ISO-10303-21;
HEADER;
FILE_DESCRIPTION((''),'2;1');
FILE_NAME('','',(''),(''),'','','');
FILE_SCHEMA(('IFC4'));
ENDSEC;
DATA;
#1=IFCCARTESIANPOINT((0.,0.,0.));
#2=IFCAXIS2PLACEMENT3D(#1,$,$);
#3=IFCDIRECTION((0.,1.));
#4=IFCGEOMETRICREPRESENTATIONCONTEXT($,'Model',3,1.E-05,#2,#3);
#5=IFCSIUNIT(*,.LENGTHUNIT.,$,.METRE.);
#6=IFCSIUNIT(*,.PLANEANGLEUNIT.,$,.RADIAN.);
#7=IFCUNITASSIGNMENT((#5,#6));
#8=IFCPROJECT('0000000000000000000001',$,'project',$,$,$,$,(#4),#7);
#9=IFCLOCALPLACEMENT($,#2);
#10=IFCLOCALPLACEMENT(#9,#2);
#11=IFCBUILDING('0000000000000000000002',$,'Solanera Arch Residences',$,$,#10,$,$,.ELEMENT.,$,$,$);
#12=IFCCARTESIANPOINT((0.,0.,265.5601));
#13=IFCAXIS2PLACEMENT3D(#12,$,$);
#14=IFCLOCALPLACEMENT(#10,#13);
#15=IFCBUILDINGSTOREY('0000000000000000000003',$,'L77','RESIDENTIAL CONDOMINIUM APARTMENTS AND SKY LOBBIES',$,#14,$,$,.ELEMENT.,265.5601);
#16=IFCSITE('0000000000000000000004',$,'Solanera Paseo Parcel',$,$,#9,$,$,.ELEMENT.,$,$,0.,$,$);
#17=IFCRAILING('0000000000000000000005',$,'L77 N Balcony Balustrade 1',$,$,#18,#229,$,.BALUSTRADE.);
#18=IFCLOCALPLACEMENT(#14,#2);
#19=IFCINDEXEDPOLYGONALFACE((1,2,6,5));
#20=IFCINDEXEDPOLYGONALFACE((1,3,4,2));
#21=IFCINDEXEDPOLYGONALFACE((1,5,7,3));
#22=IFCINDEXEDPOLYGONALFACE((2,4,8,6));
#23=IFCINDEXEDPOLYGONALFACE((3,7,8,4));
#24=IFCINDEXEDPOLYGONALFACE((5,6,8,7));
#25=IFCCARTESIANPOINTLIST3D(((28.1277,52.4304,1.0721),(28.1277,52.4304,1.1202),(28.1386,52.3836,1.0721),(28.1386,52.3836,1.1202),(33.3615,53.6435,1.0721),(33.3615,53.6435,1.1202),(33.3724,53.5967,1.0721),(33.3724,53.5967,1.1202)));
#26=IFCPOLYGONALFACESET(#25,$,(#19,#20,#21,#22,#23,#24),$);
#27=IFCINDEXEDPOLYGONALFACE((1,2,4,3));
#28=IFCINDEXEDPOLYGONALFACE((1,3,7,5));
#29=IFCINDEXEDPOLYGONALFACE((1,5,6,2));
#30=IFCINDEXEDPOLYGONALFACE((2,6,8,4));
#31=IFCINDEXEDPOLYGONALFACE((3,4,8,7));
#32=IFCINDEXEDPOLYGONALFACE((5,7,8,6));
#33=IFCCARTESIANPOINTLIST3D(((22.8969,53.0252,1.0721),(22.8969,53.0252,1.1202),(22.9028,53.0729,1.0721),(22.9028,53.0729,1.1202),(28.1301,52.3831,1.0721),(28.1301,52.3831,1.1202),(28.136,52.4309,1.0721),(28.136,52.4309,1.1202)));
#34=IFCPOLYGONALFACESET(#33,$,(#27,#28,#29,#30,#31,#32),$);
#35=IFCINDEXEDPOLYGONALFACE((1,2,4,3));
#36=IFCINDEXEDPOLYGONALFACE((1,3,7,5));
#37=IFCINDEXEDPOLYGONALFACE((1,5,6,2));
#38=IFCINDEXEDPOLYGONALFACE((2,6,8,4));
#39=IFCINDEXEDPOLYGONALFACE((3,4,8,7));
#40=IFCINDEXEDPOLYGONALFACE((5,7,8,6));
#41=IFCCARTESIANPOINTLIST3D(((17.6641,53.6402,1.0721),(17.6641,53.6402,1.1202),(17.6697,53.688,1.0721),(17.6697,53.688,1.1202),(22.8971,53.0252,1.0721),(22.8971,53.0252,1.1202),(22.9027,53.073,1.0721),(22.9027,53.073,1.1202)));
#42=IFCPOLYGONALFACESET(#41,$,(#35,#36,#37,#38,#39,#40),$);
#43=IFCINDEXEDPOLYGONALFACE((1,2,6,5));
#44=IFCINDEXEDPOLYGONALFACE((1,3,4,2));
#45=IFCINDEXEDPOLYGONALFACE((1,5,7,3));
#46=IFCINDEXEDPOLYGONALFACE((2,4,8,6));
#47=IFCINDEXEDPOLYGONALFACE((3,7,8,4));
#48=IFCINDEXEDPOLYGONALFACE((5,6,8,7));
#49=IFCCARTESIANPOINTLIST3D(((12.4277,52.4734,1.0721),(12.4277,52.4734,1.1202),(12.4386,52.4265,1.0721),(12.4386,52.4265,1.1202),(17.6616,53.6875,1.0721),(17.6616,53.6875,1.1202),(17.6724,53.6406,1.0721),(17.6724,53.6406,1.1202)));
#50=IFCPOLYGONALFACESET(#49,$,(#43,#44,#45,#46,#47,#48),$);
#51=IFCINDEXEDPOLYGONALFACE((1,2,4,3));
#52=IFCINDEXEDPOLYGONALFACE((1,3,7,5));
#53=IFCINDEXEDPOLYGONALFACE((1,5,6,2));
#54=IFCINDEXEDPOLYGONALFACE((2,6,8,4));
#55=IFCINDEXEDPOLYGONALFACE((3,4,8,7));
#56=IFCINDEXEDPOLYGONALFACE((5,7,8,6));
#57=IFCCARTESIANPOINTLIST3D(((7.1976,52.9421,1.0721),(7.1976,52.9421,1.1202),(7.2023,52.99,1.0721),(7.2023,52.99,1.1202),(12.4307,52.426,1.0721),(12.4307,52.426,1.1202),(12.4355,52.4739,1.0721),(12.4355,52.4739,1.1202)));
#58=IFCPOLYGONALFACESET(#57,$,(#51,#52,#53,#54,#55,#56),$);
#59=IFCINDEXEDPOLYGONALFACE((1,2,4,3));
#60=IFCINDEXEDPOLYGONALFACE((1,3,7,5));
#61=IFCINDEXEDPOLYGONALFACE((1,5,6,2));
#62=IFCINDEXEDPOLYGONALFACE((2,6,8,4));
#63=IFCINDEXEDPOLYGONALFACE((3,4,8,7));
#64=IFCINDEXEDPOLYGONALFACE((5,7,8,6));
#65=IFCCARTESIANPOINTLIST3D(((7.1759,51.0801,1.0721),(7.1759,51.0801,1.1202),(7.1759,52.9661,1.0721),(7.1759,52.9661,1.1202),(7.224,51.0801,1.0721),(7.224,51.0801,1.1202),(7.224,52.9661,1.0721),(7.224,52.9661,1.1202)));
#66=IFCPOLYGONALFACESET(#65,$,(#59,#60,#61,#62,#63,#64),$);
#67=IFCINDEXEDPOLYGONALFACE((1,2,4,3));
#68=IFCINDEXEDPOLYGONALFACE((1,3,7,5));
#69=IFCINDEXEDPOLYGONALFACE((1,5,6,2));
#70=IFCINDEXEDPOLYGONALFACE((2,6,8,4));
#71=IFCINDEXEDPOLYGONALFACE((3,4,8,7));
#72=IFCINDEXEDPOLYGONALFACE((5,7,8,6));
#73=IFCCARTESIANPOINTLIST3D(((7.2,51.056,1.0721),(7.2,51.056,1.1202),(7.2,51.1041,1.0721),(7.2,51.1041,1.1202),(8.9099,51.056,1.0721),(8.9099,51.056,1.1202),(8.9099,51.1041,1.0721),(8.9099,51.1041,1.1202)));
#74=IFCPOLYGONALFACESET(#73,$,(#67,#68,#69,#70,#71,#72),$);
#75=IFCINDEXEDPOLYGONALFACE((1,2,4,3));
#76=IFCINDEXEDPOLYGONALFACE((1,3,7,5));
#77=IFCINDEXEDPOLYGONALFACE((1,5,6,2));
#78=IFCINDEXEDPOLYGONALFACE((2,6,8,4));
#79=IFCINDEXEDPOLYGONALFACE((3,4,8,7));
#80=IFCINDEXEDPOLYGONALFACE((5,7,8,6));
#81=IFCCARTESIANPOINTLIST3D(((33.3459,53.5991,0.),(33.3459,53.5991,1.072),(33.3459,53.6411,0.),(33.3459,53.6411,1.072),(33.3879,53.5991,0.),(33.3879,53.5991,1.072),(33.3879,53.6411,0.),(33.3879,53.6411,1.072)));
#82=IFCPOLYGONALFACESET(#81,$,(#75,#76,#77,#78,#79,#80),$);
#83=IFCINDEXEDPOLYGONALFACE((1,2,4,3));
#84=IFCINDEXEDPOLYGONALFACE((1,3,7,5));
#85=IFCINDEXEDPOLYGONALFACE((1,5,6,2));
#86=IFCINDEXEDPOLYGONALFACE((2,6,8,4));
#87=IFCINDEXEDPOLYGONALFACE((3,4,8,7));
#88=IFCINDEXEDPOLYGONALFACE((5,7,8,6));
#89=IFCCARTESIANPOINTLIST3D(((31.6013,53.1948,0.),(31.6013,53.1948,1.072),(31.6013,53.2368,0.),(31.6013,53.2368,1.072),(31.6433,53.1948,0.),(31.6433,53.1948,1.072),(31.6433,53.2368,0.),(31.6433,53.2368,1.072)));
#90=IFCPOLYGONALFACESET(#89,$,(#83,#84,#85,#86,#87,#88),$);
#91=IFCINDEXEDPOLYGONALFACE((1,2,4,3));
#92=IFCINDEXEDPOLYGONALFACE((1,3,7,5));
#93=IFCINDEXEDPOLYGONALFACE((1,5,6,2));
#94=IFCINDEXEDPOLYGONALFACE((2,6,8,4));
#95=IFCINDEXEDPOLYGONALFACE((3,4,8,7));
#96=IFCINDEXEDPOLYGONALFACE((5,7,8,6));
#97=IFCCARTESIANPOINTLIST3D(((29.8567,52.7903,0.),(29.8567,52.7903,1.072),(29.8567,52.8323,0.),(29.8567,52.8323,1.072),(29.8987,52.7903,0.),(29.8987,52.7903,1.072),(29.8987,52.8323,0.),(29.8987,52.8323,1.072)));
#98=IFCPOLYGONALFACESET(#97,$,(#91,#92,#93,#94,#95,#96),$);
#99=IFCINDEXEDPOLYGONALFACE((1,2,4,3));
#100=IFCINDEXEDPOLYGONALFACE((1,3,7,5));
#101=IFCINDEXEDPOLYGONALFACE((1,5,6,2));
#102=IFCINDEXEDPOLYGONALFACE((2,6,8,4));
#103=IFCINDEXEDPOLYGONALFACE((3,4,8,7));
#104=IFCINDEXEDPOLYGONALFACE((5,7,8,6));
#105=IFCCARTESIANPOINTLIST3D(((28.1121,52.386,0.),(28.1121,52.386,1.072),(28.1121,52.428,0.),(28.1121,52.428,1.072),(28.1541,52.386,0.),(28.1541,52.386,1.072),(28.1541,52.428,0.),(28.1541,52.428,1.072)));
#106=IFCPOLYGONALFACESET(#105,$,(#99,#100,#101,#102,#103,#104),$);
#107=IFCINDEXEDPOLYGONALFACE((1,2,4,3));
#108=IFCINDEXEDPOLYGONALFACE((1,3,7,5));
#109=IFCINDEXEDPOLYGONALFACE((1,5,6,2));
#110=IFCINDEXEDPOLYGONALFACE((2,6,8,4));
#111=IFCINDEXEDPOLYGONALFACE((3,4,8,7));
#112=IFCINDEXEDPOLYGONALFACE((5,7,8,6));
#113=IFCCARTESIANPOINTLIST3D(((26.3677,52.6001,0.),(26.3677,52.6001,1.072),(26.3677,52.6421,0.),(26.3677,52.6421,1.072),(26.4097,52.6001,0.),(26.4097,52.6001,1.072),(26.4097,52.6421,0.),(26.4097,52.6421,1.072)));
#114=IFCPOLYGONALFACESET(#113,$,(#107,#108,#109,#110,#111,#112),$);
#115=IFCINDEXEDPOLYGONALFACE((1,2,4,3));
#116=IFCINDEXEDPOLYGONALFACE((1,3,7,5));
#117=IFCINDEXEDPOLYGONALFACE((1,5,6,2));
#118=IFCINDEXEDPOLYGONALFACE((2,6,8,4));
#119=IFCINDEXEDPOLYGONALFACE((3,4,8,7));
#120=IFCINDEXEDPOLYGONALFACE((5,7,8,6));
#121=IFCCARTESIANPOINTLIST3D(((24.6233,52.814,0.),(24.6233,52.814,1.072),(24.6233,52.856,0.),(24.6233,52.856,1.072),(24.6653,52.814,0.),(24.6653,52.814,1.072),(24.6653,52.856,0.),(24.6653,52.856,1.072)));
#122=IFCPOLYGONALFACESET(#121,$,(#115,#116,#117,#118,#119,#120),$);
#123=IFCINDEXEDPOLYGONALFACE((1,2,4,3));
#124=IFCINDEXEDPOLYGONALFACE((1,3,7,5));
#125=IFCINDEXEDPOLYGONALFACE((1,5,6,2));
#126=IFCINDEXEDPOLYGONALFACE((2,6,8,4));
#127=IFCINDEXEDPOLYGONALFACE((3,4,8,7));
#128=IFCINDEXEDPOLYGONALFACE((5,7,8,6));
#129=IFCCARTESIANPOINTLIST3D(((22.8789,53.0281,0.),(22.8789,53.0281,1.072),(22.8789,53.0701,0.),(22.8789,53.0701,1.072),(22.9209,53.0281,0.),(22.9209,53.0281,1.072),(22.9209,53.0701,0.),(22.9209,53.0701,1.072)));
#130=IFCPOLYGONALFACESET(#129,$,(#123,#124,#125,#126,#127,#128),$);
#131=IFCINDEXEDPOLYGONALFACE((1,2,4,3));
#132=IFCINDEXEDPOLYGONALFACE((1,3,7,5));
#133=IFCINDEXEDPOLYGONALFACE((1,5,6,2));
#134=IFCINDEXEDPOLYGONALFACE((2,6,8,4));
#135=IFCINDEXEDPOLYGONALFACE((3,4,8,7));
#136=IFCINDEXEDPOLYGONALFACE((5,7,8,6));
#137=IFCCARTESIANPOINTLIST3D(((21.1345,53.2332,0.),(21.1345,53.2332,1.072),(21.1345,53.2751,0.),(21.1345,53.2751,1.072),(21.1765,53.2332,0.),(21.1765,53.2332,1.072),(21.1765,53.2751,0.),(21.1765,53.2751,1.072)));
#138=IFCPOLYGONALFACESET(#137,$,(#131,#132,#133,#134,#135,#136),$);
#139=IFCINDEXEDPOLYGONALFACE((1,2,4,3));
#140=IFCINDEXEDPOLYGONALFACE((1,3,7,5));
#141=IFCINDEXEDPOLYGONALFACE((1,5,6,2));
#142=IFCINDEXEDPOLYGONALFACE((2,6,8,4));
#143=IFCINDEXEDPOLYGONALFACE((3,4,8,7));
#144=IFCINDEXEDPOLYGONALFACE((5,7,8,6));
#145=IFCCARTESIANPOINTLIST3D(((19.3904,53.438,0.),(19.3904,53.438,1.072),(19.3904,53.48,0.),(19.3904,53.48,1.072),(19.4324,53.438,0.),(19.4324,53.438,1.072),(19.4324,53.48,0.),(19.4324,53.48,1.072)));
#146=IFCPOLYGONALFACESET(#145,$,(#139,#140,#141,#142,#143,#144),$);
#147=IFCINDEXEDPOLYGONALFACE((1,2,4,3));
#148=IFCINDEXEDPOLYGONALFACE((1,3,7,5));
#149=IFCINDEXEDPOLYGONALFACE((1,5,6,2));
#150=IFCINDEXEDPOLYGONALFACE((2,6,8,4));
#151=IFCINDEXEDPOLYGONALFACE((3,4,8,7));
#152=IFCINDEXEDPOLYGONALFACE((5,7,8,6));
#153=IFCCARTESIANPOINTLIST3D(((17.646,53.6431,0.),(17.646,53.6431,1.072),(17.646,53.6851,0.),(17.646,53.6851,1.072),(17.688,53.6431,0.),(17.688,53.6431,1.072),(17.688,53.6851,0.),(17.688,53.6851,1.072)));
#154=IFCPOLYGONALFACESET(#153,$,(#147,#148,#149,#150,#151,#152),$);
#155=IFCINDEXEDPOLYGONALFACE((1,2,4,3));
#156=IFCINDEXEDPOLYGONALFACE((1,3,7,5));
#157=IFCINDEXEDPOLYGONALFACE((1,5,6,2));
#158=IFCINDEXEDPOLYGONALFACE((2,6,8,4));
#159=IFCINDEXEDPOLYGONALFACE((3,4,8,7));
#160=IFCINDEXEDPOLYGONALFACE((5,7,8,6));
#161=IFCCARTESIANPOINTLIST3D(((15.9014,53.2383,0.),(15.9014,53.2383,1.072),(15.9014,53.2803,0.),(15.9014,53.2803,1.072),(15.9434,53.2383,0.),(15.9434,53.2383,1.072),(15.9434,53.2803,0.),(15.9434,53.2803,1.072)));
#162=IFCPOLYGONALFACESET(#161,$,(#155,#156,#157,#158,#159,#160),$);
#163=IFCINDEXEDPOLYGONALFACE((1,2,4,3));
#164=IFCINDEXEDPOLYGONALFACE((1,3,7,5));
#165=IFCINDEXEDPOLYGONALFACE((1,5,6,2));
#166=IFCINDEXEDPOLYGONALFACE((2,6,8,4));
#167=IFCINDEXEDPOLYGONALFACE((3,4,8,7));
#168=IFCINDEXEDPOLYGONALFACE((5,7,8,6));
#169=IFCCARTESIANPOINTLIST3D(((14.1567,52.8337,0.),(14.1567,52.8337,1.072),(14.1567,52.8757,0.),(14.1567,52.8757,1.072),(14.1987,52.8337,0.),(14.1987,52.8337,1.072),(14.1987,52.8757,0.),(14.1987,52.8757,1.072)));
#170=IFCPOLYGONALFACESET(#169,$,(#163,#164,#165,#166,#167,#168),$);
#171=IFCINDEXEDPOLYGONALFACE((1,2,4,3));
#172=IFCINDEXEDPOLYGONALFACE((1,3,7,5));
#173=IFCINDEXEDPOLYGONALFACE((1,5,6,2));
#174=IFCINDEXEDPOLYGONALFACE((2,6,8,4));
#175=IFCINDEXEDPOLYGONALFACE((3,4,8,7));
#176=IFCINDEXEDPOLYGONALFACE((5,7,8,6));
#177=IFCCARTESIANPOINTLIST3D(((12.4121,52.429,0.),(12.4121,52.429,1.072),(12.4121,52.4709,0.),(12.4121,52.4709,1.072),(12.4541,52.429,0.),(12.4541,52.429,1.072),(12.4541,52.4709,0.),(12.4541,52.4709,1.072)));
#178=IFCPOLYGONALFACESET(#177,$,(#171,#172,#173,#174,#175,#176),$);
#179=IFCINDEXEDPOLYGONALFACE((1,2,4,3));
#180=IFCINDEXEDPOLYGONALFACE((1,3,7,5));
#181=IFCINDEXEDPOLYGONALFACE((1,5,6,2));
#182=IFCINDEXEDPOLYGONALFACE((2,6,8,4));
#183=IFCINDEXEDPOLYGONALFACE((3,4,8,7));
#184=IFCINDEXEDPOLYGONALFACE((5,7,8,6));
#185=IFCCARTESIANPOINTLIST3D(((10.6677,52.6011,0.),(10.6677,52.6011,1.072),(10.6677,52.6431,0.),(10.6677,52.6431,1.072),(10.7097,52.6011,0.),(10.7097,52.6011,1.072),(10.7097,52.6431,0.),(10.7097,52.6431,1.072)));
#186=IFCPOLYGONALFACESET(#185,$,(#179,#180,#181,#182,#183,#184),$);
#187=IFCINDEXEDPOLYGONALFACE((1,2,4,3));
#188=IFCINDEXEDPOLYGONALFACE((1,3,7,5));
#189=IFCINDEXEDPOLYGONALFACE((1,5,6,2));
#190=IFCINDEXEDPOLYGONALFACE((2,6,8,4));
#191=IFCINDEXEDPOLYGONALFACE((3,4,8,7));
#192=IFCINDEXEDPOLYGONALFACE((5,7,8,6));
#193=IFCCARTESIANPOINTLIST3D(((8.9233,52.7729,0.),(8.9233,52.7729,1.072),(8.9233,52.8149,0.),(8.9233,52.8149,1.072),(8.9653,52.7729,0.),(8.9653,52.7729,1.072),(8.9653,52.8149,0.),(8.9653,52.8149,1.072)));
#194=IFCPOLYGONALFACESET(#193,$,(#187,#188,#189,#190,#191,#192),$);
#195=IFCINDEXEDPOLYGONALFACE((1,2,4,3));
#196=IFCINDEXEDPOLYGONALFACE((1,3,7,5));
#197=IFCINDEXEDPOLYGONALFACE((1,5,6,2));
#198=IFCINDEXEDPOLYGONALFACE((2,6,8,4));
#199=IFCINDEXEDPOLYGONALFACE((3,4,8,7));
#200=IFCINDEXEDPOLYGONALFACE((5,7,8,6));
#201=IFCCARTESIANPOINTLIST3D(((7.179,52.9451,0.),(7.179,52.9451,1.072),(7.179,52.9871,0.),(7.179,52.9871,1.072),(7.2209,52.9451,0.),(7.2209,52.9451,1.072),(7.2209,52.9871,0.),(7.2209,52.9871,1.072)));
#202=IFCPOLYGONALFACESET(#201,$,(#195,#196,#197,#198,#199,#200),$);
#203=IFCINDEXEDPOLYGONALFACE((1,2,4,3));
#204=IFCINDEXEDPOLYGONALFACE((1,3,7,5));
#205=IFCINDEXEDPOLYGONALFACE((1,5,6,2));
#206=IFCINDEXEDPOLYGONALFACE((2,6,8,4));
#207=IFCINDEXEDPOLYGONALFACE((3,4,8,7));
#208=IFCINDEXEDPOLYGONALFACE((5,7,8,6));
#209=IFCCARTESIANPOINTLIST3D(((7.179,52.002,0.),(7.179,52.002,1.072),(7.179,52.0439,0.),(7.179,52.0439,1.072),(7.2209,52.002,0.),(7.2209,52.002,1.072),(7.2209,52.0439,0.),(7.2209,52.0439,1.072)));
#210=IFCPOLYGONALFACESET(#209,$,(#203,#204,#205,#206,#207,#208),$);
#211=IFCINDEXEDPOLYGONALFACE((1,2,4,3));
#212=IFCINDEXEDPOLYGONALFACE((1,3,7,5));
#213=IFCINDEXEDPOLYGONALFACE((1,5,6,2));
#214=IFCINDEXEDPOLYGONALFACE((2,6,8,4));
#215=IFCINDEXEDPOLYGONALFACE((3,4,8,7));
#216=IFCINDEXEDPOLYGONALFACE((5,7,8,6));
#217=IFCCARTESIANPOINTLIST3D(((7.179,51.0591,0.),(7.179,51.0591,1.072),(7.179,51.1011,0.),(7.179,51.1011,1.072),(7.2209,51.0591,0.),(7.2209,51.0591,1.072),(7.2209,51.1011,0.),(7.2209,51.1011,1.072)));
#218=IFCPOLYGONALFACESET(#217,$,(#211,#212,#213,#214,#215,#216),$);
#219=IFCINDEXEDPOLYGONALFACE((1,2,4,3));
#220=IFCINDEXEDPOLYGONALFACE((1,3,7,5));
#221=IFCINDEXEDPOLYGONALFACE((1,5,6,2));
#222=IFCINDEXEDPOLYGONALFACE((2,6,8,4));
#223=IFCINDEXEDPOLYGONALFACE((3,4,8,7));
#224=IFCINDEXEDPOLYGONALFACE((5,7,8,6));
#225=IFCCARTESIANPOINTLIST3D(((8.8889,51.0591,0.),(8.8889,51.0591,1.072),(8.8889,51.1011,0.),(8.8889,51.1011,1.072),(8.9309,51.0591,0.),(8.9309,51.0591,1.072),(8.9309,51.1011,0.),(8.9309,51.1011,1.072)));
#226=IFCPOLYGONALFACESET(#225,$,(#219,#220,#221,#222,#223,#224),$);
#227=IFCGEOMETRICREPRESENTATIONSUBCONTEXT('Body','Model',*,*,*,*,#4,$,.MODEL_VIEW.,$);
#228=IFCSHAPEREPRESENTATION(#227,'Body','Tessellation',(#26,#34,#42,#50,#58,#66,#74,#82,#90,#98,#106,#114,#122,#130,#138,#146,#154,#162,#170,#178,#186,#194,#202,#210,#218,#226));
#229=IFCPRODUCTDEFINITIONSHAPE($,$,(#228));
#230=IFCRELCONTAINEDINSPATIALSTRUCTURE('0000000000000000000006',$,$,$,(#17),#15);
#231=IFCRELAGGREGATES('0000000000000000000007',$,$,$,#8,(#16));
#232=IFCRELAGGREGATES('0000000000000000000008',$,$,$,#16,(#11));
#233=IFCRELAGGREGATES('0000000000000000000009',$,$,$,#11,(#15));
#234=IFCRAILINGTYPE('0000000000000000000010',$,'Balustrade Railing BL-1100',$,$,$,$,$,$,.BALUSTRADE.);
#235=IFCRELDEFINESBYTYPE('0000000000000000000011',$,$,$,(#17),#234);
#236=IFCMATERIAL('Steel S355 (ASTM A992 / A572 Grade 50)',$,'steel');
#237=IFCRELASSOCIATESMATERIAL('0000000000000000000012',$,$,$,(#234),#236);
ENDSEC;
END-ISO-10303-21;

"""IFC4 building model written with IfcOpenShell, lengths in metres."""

from ifc_helpers import new_model, si_unit, direction, frame, origin, origin_2d, place, context, subcontext, project, spatial, rectangle, extrude, material, type_object, element, save


model = new_model("IFC4")

# Units and contexts
model_context = context("Model", 3, precision=1e-05, world=origin(), true_north=direction((0.0, 1.0)))
body_context = subcontext(model_context, "Body", "Model", "MODEL_VIEW")
ifc_project = project(units=[si_unit("LENGTHUNIT", "METRE"), si_unit("PLANEANGLEUNIT", "RADIAN")], contexts=[model_context])

# Site, building, storey
site_placement = place(None, origin())
site = spatial("IfcSite", under=ifc_project, at=site_placement, Name="Solanera Paseo Parcel", CompositionType="ELEMENT", RefElevation=0.0)
building_placement = place(site_placement, origin())
building = spatial("IfcBuilding", under=site, at=building_placement, Name="Solanera Arch Residences", CompositionType="ELEMENT")
storey_placement = place(building_placement, frame((0.0, 0.0, 265.5601)))
storey = spatial("IfcBuildingStorey", under=building, at=storey_placement, Name="L77", Description="RESIDENTIAL CONDOMINIUM APARTMENTS AND SKY LOBBIES", CompositionType="ELEMENT", Elevation=265.5601)

# Railing
ifc_material_1 = material(Name="Steel S355 (ASTM A992 / A572 Grade 50)", Category="steel")
railing_type = type_object("IfcRailingType", Name="Balustrade Railing BL-1100", PredefinedType="BALUSTRADE", material=ifc_material_1)
railing_1_placement = place(storey_placement, frame((33.3669, 53.6201, 0.0)))
element("IfcRailing", 1, at=railing_1_placement, inside=storey, type_object=railing_type, Name="L77 N Balcony Balustrade 1", PredefinedType="BALUSTRADE", context=body_context, shape_type="SweptSolid", body=[
    extrude(rectangle(XDim=0.0481, YDim=0.0481, at=origin_2d()), frame((0.0, 0.0, 1.0962), z_axis=(-0.974174, -0.225799, 0.0), x_axis=(0.225799, -0.974174, 0.0)), (0.0, 0.0, 1.0), 5.3726),
    extrude(rectangle(XDim=0.0481, YDim=0.0481, at=origin_2d()), frame((-5.2339, -1.2131, 1.0962), z_axis=(-0.992557, 0.121783, 0.0), x_axis=(-0.121783, -0.992557, 0.0)), (0.0, 0.0, 1.0), 5.2725),
    extrude(rectangle(XDim=0.0481, YDim=0.0481, at=origin_2d()), frame((-10.467, -0.571, 1.0962), z_axis=(-0.993165, 0.11672, 0.0), x_axis=(-0.11672, -0.993165, 0.0)), (0.0, 0.0, 1.0), 5.269),
    extrude(rectangle(XDim=0.0481, YDim=0.0481, at=origin_2d()), frame((-15.7, 0.0439, 1.0962), z_axis=(-0.974134, -0.225971, 0.0), x_axis=(0.225971, -0.974134, 0.0)), (0.0, 0.0, 1.0), 5.3728),
    extrude(rectangle(XDim=0.0481, YDim=0.0481, at=origin_2d()), frame((-20.9338, -1.1702, 1.0962), z_axis=(-0.995172, 0.098148, 0.0), x_axis=(-0.098148, -0.995172, 0.0)), (0.0, 0.0, 1.0), 5.2585),
    extrude(rectangle(XDim=0.0481, YDim=0.0481, at=origin_2d()), frame((-26.167, -0.6541, 1.0962), z_axis=(0.0, -1.0, 0.0), x_axis=(1.0, 0.0, 0.0)), (0.0, 0.0, 1.0), 1.886),
    extrude(rectangle(XDim=0.0481, YDim=0.0481, at=origin_2d()), frame((-26.167, -2.54, 1.0962), z_axis=(1.0, 0.0, 0.0), x_axis=(0.0, 1.0, 0.0)), (0.0, 0.0, 1.0), 1.71),
    extrude(rectangle(XDim=0.042, YDim=0.042, at=origin_2d()), origin(), (0.0, 0.0, 1.0), 1.072),
    extrude(rectangle(XDim=0.042, YDim=0.042, at=origin_2d()), frame((-1.7446, -0.4043, 0.0)), (0.0, 0.0, 1.0), 1.072),
    extrude(rectangle(XDim=0.042, YDim=0.042, at=origin_2d()), frame((-3.4893, -0.8088, 0.0)), (0.0, 0.0, 1.0), 1.072),
    extrude(rectangle(XDim=0.042, YDim=0.042, at=origin_2d()), frame((-5.2339, -1.2131, 0.0)), (0.0, 0.0, 1.0), 1.072),
    extrude(rectangle(XDim=0.042, YDim=0.042, at=origin_2d()), frame((-6.9783, -0.999, 0.0)), (0.0, 0.0, 1.0), 1.072),
    extrude(rectangle(XDim=0.042, YDim=0.042, at=origin_2d()), frame((-8.7227, -0.7852, 0.0)), (0.0, 0.0, 1.0), 1.072),
    extrude(rectangle(XDim=0.042, YDim=0.042, at=origin_2d()), frame((-10.467, -0.571, 0.0)), (0.0, 0.0, 1.0), 1.072),
    extrude(rectangle(XDim=0.042, YDim=0.042, at=origin_2d()), frame((-12.2114, -0.366, 0.0)), (0.0, 0.0, 1.0), 1.072),
    extrude(rectangle(XDim=0.042, YDim=0.042, at=origin_2d()), frame((-13.9556, -0.1611, 0.0)), (0.0, 0.0, 1.0), 1.072),
    extrude(rectangle(XDim=0.042, YDim=0.042, at=origin_2d()), frame((-15.7, 0.0439, 0.0)), (0.0, 0.0, 1.0), 1.072),
    extrude(rectangle(XDim=0.042, YDim=0.042, at=origin_2d()), frame((-17.4446, -0.3608, 0.0)), (0.0, 0.0, 1.0), 1.072),
    extrude(rectangle(XDim=0.042, YDim=0.042, at=origin_2d()), frame((-19.1892, -0.7654, 0.0)), (0.0, 0.0, 1.0), 1.072),
    extrude(rectangle(XDim=0.042, YDim=0.042, at=origin_2d()), frame((-20.9338, -1.1702, 0.0)), (0.0, 0.0, 1.0), 1.072),
    extrude(rectangle(XDim=0.042, YDim=0.042, at=origin_2d()), frame((-22.6782, -0.998, 0.0)), (0.0, 0.0, 1.0), 1.072),
    extrude(rectangle(XDim=0.042, YDim=0.042, at=origin_2d()), frame((-24.4226, -0.8262, 0.0)), (0.0, 0.0, 1.0), 1.072),
    extrude(rectangle(XDim=0.042, YDim=0.042, at=origin_2d()), frame((-26.167, -0.6541, 0.0)), (0.0, 0.0, 1.0), 1.072),
    extrude(rectangle(XDim=0.042, YDim=0.042, at=origin_2d()), frame((-26.167, -1.5972, 0.0)), (0.0, 0.0, 1.0), 1.072),
    extrude(rectangle(XDim=0.042, YDim=0.042, at=origin_2d()), frame((-26.167, -2.54, 0.0)), (0.0, 0.0, 1.0), 1.072),
    extrude(rectangle(XDim=0.042, YDim=0.042, at=origin_2d()), frame((-24.457, -2.54, 0.0)), (0.0, 0.0, 1.0), 1.072),
])

save(model, "model.ifc")
